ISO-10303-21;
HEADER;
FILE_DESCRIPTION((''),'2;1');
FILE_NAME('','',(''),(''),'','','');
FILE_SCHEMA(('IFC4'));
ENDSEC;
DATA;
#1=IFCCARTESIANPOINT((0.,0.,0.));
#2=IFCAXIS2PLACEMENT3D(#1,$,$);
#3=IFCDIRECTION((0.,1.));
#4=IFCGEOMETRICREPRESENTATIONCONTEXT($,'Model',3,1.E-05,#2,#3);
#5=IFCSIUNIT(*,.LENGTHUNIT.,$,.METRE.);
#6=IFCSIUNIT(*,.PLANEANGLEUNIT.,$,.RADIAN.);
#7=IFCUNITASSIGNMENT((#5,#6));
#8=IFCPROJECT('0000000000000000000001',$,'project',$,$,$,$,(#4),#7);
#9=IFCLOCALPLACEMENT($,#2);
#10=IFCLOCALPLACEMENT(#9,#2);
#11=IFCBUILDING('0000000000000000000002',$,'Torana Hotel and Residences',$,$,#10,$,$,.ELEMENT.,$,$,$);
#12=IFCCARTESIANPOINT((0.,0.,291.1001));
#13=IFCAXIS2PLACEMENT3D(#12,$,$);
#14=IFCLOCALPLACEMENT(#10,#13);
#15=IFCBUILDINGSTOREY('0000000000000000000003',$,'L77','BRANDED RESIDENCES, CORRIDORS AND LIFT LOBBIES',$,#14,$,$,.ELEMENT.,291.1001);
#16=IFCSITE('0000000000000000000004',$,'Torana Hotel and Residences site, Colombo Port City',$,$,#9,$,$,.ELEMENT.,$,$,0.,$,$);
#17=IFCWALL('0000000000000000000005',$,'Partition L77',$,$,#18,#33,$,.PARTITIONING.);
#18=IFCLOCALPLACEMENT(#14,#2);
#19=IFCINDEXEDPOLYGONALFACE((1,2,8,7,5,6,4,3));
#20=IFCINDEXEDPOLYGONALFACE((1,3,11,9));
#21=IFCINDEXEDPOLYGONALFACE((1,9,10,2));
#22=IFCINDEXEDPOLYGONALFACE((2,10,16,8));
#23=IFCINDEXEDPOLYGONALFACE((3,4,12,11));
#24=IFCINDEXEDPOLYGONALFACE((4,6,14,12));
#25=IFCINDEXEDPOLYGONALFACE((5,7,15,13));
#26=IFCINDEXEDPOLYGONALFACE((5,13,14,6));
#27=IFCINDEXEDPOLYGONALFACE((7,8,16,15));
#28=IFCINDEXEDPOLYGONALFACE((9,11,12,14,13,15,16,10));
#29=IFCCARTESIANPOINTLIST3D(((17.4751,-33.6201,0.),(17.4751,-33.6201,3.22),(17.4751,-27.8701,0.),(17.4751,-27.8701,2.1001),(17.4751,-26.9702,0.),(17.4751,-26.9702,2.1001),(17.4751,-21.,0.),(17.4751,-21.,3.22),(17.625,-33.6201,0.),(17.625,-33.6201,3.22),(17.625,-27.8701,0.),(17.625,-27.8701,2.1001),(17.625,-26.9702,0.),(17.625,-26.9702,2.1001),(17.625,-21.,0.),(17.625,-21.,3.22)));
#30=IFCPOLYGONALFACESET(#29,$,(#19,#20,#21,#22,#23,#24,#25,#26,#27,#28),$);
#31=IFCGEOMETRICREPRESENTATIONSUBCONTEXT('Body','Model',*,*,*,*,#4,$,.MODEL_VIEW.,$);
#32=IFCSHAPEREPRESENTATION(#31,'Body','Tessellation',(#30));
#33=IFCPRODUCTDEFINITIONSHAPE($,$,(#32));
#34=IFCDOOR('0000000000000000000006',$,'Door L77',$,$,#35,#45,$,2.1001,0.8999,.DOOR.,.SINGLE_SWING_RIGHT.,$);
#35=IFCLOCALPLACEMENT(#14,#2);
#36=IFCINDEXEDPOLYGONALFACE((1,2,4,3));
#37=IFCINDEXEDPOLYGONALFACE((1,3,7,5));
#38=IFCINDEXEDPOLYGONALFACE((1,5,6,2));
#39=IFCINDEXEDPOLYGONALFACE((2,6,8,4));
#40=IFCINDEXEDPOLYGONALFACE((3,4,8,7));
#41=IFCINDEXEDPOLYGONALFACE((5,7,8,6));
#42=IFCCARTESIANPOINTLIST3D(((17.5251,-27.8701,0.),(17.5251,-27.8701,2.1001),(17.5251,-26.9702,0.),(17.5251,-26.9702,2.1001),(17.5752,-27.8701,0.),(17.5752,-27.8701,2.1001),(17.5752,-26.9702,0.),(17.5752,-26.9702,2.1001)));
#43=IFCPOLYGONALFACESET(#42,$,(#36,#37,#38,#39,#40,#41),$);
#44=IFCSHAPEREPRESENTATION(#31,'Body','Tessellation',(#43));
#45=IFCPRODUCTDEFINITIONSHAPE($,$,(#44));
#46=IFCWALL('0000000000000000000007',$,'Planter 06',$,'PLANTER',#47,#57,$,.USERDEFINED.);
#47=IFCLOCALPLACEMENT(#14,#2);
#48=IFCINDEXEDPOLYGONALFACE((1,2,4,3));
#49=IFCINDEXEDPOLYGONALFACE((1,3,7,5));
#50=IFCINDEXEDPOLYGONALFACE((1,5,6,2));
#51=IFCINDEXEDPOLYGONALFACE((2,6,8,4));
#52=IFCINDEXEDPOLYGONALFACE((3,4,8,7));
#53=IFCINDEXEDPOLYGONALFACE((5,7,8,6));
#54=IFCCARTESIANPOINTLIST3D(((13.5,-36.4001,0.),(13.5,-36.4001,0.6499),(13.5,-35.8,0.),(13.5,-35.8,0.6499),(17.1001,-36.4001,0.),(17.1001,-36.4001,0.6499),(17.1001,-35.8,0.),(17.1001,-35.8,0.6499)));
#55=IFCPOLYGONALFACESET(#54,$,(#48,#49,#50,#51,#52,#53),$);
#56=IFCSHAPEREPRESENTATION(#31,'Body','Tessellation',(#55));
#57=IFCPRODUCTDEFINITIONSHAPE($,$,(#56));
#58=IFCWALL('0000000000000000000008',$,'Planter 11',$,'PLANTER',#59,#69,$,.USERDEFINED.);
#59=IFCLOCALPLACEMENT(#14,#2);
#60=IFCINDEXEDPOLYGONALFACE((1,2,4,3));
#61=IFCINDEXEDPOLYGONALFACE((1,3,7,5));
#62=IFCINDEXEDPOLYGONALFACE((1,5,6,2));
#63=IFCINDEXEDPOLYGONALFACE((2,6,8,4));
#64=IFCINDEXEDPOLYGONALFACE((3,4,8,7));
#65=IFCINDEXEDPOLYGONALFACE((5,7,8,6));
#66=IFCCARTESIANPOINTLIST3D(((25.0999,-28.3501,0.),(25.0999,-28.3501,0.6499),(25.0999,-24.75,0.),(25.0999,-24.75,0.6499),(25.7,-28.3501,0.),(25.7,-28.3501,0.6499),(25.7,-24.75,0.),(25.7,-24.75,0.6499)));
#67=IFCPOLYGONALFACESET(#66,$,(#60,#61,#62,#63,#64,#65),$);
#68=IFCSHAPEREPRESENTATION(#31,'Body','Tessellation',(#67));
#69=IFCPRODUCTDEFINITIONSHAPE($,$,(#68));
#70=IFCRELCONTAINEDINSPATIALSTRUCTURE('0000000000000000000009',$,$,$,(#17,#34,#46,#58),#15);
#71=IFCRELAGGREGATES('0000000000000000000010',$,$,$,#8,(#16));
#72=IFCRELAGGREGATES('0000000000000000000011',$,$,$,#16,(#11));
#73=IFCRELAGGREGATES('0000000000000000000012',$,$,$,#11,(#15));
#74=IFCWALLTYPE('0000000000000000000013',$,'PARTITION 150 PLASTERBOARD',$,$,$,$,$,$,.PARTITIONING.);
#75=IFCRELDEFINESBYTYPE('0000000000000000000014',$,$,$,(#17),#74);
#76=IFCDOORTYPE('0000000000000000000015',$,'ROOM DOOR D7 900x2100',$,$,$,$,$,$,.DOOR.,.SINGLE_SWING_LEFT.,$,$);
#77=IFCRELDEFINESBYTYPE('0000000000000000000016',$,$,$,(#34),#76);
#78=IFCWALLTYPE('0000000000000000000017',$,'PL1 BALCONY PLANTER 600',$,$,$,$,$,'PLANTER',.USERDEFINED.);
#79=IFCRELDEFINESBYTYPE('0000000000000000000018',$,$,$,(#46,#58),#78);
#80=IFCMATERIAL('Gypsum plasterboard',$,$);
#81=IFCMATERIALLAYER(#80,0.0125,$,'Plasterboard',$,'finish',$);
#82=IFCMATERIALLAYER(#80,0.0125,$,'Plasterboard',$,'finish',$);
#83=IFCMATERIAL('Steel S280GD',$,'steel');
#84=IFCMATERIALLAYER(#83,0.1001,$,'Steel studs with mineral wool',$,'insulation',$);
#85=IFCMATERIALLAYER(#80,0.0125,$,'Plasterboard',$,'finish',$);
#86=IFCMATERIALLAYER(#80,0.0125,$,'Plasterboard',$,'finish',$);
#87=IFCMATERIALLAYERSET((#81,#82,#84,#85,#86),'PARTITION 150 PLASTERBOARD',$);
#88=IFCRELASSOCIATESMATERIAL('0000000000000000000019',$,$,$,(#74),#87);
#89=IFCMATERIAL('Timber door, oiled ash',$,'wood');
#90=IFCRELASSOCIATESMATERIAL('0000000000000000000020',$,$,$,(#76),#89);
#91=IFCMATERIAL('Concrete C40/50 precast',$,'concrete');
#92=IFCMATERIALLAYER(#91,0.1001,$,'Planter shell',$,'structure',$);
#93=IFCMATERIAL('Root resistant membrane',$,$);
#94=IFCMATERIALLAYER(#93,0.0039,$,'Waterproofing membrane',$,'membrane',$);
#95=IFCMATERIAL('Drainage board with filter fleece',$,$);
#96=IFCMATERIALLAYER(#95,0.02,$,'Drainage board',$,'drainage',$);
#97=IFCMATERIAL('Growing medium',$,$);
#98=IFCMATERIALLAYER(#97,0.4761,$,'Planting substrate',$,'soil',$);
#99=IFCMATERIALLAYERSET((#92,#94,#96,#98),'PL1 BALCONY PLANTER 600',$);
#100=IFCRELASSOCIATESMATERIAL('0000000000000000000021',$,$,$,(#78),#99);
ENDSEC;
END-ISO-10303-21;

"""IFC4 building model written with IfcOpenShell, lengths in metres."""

from ifc_helpers import new_model, si_unit, direction, frame, frame_2d, origin, place, context, subcontext, project, spatial, rectangle, extrude, material, layer, layer_set, type_object, element, fill, save


model = new_model("IFC4")

# Units and contexts
model_context = context("Model", 3, precision=1e-05, world=origin(), true_north=direction((0.0, 1.0)))
body_context = subcontext(model_context, "Body", "Model", "MODEL_VIEW")
ifc_project = project(units=[si_unit("LENGTHUNIT", "METRE"), si_unit("PLANEANGLEUNIT", "RADIAN")], contexts=[model_context])

# Site, building, storey
site_placement = place(None, origin())
site = spatial("IfcSite", under=ifc_project, at=site_placement, Name="Torana Hotel and Residences site, Colombo Port City", CompositionType="ELEMENT", RefElevation=0.0)
building_placement = place(site_placement, origin())
building = spatial("IfcBuilding", under=site, at=building_placement, Name="Torana Hotel and Residences", CompositionType="ELEMENT")
storey_placement = place(building_placement, frame((0.0, 0.0, 291.1001)))
storey = spatial("IfcBuildingStorey", under=building, at=storey_placement, Name="L77", Description="BRANDED RESIDENCES, CORRIDORS AND LIFT LOBBIES", CompositionType="ELEMENT", Elevation=291.1001)

# Shared definitions
ifc_material_1 = material(Name="Steel S280GD", Category="steel")

# Wall, opening, door
ifc_material_2 = material(Name="Gypsum plasterboard")
ifc_layer_1 = layer(ifc_material_2, 0.0125, Name="Plasterboard", Category="finish")
ifc_layer_2 = layer(ifc_material_2, 0.0125, Name="Plasterboard", Category="finish")
ifc_layer_3 = layer(ifc_material_1, 0.1001, Name="Steel studs with mineral wool", Category="insulation")
ifc_layer_4 = layer(ifc_material_2, 0.0125, Name="Plasterboard", Category="finish")
ifc_layer_5 = layer(ifc_material_2, 0.0125, Name="Plasterboard", Category="finish")
ifc_layer_set_1 = layer_set([ifc_layer_1, ifc_layer_2, ifc_layer_3, ifc_layer_4, ifc_layer_5], Name="PARTITION 150 PLASTERBOARD")
wall_type_1 = type_object("IfcWallType", Name="PARTITION 150 PLASTERBOARD", PredefinedType="PARTITIONING", material=ifc_layer_set_1)
ifc_material_3 = material(Name="Timber door, oiled ash", Category="wood")
door_type_1 = type_object("IfcDoorType", Name="ROOM DOOR D7 900x2100", OperationType="SINGLE_SWING_LEFT", PredefinedType="DOOR", material=ifc_material_3)
wall_1_placement = place(storey_placement, frame((17.55, -33.6201, 0.0), z_axis=(0.0, 0.0, 1.0), x_axis=(0.0, 1.0, 0.0)))
wall_1 = element("IfcWall", 1, at=wall_1_placement, inside=storey, type_object=wall_type_1, Name="Partition L77", PredefinedType="PARTITIONING", context=body_context, shape_type="SweptSolid", body=[
    extrude(rectangle(XDim=12.6201, YDim=0.1499, at=frame_2d((6.3101, 0.0))), origin(), (0.0, 0.0, 1.0), 3.22),
])
opening_1_placement = place(wall_1_placement, frame((5.75, 0.0, 0.0)))
opening_1 = element("IfcOpeningElement", 2, at=opening_1_placement, cuts=wall_1, PredefinedType="OPENING", context=body_context, shape_type="SweptSolid", body=[
    extrude(rectangle(XDim=0.8999, YDim=2.1001, at=frame_2d((0.45, 1.05))), frame((0.0, 0.085, 0.0), z_axis=(0.0, -1.0, 0.0), x_axis=(1.0, 0.0, 0.0)), (0.0, 0.0, 1.0), 0.1699),
])
door_1_placement = place(opening_1_placement, origin())
door_1 = element("IfcDoor", 3, at=door_1_placement, inside=storey, type_object=door_type_1, Name="Door L77", OperationType="SINGLE_SWING_RIGHT", OverallHeight=2.1001, OverallWidth=0.8999, PredefinedType="DOOR", context=body_context, shape_type="SweptSolid", body=[
    extrude(rectangle(XDim=0.8999, YDim=2.1001, at=frame_2d((0.45, 1.05))), frame((0.0, 0.0249, 0.0), z_axis=(0.0, -1.0, 0.0), x_axis=(1.0, 0.0, 0.0)), (0.0, 0.0, 1.0), 0.05),
])
fill(opening_1, door_1)

# Walls
ifc_material_4 = material(Name="Concrete C40/50 precast", Category="concrete")
ifc_layer_6 = layer(ifc_material_4, 0.1001, Name="Planter shell", Category="structure")
ifc_material_5 = material(Name="Root resistant membrane")
ifc_layer_7 = layer(ifc_material_5, 0.0039, Name="Waterproofing membrane", Category="membrane")
ifc_material_6 = material(Name="Drainage board with filter fleece")
ifc_layer_8 = layer(ifc_material_6, 0.02, Name="Drainage board", Category="drainage")
ifc_material_7 = material(Name="Growing medium")
ifc_layer_9 = layer(ifc_material_7, 0.4761, Name="Planting substrate", Category="soil")
ifc_layer_set_2 = layer_set([ifc_layer_6, ifc_layer_7, ifc_layer_8, ifc_layer_9], Name="PL1 BALCONY PLANTER 600")
wall_type_2 = type_object("IfcWallType", Name="PL1 BALCONY PLANTER 600", ElementType="PLANTER", PredefinedType="USERDEFINED", material=ifc_layer_set_2)
for number, where, z_axis, x_axis, name in (
    (4, (17.1001, -36.1001, 0.0), (0.0, 0.0, 1.0), (-1.0, 0.0, 0.0), "Planter 06"),
    (5, (25.3999, -24.75, 0.0), (0.0, 0.0, 1.0), (0.0, -1.0, 0.0), "Planter 11"),
):
    element("IfcWall", number, at=place(storey_placement, frame(where, z_axis=z_axis, x_axis=x_axis)), inside=storey, type_object=wall_type_2, Name=name, ObjectType="PLANTER", PredefinedType="USERDEFINED", context=body_context, shape_type="SweptSolid", body=[
        extrude(rectangle(XDim=3.6001, YDim=0.6001, at=frame_2d((1.8, 0.0))), origin(), (0.0, 0.0, 1.0), 0.6499),
    ])

save(model, "model.ifc")
